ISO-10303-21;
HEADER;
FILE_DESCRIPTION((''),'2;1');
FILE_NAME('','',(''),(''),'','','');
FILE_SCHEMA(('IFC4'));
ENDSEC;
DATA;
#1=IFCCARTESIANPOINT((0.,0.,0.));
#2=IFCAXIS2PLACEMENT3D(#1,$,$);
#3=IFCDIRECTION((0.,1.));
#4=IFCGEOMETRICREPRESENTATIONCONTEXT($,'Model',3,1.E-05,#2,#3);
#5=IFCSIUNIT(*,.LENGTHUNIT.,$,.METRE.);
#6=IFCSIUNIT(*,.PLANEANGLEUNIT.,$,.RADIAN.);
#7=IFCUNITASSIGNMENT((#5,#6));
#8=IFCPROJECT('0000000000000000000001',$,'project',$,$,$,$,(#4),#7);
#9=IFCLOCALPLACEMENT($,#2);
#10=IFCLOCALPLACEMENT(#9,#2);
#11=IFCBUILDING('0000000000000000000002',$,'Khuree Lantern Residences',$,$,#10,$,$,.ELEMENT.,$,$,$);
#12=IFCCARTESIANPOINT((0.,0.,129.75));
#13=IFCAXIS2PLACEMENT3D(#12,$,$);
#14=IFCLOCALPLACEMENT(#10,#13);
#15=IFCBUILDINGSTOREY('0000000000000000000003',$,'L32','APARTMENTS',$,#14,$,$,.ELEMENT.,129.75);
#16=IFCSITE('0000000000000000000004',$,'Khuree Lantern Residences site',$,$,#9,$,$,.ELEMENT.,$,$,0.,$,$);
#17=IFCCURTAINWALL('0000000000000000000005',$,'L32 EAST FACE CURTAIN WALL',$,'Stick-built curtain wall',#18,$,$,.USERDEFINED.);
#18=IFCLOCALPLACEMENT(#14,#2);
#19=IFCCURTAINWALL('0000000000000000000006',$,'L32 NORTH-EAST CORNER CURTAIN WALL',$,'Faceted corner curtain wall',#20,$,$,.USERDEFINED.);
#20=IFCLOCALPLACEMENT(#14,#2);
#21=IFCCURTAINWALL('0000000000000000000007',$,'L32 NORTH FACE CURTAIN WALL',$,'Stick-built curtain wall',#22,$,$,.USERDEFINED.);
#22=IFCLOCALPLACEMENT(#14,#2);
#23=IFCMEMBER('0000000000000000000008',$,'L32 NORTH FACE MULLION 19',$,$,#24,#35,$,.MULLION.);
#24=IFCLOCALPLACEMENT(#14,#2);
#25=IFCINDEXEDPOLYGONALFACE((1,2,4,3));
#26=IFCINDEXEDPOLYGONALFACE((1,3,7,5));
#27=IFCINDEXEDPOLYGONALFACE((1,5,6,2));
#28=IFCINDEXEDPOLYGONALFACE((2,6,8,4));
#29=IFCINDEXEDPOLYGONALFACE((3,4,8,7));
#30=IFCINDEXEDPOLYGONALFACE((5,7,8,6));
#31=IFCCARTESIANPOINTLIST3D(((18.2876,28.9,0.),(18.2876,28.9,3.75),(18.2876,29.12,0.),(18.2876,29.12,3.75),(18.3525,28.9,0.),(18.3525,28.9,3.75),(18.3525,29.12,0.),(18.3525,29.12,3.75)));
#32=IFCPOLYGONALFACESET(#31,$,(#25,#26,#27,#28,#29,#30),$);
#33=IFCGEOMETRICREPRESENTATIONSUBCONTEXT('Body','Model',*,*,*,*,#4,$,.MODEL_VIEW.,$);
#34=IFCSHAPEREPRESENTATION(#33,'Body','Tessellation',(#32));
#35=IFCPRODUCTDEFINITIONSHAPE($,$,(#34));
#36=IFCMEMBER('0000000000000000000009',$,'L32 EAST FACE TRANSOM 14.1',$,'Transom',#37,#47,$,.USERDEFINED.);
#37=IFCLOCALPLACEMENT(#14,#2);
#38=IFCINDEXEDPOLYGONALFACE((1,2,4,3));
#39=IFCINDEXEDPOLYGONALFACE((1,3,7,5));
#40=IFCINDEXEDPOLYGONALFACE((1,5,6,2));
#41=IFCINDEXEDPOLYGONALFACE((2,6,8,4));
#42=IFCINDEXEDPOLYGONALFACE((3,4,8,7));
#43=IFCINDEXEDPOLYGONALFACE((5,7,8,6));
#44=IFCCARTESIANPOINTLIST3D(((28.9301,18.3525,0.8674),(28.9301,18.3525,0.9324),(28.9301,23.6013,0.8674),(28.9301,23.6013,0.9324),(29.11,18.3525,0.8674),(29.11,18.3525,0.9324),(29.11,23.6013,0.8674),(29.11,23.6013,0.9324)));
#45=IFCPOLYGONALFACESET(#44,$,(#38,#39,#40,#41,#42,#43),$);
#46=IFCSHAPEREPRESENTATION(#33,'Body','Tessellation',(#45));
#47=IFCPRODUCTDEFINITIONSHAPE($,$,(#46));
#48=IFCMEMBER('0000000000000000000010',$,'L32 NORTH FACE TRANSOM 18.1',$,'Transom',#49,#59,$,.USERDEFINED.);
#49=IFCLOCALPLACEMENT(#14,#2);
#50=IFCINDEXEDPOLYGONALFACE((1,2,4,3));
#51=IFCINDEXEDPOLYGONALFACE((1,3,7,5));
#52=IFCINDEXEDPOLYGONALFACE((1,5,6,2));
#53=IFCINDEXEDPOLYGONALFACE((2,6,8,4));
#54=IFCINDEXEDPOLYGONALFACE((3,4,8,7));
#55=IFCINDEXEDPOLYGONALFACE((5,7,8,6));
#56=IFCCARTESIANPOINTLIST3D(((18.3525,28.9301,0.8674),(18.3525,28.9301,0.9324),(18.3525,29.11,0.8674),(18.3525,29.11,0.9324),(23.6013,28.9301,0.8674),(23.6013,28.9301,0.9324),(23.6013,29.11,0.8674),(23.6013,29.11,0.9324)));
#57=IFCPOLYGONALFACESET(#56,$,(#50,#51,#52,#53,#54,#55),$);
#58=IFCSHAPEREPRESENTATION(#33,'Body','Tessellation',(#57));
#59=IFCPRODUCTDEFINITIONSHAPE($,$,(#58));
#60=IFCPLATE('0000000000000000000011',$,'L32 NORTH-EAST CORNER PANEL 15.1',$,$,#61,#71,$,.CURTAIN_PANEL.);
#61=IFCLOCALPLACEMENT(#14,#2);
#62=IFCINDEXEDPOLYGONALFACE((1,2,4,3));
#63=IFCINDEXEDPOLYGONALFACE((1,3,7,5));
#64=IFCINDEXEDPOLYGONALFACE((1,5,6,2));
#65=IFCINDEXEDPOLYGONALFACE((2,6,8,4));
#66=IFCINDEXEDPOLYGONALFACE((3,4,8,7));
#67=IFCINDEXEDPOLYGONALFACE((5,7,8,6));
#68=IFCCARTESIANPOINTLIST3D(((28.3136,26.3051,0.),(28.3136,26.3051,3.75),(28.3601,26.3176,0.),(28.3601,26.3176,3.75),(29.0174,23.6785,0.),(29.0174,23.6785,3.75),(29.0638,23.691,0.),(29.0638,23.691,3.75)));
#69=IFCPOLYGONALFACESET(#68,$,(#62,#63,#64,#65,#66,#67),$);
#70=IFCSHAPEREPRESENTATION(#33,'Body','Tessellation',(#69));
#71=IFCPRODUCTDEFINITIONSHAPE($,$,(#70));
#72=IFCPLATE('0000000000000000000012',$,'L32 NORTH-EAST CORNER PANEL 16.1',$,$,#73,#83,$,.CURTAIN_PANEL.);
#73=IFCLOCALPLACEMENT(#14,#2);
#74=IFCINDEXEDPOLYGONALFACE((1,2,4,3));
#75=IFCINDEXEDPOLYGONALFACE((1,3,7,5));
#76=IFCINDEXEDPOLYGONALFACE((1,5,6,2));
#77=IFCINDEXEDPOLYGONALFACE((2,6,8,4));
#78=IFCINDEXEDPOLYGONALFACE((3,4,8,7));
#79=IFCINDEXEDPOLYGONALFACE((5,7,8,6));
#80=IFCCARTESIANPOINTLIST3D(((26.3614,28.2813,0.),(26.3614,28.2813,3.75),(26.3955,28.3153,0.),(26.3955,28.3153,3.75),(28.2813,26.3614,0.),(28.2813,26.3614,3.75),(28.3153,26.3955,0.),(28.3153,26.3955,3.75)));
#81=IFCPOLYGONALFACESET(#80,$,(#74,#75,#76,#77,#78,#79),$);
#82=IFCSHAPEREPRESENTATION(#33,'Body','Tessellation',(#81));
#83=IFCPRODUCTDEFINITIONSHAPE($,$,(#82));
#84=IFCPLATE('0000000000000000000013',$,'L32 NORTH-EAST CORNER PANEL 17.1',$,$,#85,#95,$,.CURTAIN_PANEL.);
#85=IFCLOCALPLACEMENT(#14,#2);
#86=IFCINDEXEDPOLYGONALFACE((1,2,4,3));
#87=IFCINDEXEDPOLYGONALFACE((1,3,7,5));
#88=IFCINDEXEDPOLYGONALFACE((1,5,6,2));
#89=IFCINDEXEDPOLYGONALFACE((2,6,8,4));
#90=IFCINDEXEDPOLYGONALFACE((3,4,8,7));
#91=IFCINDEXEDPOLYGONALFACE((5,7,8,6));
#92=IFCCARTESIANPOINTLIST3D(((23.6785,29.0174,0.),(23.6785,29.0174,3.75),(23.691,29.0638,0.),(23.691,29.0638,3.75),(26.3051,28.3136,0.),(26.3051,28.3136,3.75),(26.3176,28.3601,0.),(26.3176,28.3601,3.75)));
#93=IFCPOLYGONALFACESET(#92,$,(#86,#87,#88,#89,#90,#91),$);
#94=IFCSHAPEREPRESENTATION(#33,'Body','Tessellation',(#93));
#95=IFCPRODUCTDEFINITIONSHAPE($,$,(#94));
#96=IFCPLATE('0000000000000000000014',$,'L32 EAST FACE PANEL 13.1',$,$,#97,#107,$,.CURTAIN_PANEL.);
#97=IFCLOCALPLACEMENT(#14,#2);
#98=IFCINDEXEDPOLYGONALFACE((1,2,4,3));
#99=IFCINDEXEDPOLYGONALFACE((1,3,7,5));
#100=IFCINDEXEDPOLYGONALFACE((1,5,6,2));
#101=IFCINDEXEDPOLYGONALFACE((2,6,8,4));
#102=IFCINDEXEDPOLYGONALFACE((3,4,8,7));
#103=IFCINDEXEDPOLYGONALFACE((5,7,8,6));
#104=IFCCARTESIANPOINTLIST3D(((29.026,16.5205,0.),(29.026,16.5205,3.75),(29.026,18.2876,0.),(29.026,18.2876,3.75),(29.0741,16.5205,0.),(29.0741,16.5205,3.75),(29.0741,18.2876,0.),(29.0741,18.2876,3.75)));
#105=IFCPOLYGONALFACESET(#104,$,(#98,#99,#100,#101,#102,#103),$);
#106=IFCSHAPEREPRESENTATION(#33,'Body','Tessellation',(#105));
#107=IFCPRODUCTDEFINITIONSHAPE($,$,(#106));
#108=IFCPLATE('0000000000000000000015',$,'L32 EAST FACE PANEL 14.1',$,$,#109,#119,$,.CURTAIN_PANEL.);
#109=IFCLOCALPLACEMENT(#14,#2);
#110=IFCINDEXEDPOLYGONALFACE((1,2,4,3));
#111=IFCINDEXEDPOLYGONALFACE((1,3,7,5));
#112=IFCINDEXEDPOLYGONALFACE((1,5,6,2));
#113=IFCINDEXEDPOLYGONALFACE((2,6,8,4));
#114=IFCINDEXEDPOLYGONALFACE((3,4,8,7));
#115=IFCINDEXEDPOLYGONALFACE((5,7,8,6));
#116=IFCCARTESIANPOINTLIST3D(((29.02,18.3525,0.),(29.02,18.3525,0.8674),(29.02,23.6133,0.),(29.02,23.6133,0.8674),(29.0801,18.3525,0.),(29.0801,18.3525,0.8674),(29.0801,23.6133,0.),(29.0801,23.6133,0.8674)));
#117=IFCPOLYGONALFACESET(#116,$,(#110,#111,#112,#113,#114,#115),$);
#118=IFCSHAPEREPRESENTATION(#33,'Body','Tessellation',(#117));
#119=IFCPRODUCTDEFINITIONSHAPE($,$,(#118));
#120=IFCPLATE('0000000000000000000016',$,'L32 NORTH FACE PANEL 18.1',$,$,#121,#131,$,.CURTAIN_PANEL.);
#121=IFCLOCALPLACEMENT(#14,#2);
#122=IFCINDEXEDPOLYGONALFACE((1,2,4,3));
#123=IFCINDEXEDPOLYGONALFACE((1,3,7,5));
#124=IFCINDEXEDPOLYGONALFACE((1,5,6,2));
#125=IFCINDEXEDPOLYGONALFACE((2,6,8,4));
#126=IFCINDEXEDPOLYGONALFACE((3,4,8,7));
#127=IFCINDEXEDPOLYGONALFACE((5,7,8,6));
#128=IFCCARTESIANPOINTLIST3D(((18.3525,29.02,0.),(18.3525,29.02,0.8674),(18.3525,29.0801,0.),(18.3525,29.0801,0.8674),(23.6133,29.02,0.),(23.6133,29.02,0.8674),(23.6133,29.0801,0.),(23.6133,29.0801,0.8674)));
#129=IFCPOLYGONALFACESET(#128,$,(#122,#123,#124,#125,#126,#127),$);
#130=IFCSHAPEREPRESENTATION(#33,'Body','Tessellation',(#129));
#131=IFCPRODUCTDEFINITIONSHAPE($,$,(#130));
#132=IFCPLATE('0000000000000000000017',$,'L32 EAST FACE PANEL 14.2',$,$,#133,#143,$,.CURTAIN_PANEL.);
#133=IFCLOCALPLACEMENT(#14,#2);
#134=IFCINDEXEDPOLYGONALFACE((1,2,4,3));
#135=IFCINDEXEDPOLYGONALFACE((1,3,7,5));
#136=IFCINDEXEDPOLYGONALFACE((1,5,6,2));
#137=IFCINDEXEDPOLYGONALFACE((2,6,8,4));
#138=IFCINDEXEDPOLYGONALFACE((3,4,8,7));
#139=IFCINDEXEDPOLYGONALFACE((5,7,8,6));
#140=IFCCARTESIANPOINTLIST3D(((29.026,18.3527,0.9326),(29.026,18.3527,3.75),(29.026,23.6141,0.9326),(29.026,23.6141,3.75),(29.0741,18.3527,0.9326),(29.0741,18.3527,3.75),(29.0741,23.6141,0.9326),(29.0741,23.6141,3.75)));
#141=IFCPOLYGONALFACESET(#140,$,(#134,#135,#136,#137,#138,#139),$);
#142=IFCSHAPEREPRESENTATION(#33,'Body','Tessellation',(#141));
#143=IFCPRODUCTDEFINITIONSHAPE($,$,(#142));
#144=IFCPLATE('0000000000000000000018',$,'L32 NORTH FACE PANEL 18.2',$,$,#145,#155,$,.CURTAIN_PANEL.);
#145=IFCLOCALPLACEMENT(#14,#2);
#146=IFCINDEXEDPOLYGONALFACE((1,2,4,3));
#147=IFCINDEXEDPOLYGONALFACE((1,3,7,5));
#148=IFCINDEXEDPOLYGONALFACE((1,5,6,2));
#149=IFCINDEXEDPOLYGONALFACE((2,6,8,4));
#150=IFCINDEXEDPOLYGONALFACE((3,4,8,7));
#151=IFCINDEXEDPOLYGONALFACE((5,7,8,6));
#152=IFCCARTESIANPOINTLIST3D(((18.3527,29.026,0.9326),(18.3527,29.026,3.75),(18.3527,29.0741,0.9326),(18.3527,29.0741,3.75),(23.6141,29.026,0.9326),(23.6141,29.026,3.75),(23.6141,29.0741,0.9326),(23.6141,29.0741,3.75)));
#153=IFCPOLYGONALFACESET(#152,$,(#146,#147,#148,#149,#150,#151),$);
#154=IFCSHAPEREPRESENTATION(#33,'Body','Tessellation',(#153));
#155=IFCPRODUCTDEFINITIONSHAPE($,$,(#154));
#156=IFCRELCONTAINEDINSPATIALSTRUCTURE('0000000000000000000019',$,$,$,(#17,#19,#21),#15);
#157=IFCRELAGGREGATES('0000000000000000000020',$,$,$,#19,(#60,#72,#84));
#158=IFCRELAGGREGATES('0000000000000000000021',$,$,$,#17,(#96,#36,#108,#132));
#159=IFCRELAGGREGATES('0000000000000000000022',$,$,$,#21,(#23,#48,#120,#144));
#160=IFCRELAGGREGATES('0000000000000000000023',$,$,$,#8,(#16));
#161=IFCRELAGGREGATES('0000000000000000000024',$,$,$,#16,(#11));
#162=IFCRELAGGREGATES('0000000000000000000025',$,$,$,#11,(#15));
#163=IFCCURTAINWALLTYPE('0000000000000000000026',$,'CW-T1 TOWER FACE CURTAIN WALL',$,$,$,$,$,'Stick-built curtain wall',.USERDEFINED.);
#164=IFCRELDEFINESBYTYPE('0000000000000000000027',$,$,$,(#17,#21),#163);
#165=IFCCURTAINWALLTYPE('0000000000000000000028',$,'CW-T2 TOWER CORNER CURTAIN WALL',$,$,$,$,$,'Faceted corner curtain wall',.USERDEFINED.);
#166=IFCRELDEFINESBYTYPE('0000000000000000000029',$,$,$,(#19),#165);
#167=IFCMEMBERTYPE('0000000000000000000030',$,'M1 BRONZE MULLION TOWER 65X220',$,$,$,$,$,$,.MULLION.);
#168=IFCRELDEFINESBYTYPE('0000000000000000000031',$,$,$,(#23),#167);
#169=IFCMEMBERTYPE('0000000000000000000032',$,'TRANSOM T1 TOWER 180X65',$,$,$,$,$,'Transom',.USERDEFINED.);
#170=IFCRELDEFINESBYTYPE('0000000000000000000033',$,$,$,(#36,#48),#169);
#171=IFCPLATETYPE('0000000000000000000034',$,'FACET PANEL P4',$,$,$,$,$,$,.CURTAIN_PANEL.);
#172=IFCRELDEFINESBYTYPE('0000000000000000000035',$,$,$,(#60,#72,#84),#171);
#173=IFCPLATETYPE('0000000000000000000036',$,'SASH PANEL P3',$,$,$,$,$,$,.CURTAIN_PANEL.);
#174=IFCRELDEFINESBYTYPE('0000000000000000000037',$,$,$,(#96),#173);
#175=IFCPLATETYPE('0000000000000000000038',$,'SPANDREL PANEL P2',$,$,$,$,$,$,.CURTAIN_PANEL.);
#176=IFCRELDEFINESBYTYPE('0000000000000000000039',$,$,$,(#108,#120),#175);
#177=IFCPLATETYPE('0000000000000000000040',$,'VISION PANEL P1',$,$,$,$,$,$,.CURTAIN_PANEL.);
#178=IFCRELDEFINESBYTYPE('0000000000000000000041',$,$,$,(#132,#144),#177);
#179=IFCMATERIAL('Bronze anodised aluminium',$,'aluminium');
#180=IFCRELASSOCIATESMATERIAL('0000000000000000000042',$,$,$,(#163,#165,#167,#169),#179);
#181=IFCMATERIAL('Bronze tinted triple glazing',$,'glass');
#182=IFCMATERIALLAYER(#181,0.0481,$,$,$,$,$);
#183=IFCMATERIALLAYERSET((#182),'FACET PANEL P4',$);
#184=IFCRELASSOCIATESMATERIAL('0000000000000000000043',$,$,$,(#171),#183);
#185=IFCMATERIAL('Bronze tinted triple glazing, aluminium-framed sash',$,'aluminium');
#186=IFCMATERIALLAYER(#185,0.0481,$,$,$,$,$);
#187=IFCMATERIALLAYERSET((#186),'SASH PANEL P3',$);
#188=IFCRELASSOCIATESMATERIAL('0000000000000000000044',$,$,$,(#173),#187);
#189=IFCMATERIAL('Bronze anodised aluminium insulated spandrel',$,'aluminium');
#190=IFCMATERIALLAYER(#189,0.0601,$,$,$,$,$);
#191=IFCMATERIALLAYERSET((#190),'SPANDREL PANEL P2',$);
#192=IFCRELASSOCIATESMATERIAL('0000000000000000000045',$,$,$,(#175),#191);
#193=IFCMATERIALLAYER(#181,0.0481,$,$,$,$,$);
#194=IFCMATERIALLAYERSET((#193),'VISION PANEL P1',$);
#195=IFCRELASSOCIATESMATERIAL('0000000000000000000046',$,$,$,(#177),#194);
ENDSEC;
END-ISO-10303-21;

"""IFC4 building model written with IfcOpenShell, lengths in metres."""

from ifc_helpers import new_model, si_unit, direction, frame, origin, origin_2d, place, context, subcontext, project, spatial, rectangle, extrude, material, layer, layer_set, material_profile, profile_set, type_object, element, aggregate, save


model = new_model("IFC4")

# Units and contexts
model_context = context("Model", 3, precision=1e-05, world=origin(), true_north=direction((0.0, 1.0)))
body_context = subcontext(model_context, "Body", "Model", "MODEL_VIEW")
ifc_project = project(units=[si_unit("LENGTHUNIT", "METRE"), si_unit("PLANEANGLEUNIT", "RADIAN")], contexts=[model_context])

# Site, building, storey
site_placement = place(None, origin())
site = spatial("IfcSite", under=ifc_project, at=site_placement, Name="Khuree Lantern Residences site", CompositionType="ELEMENT", RefElevation=0.0)
building_placement = place(site_placement, origin())
building = spatial("IfcBuilding", under=site, at=building_placement, Name="Khuree Lantern Residences", CompositionType="ELEMENT")
storey_placement = place(building_placement, frame((0.0, 0.0, 129.75)))
storey = spatial("IfcBuildingStorey", under=building, at=storey_placement, Name="L32", Description="APARTMENTS", CompositionType="ELEMENT", Elevation=129.75)

# Curtain walls
ifc_material_1 = material(Name="Bronze anodised aluminium", Category="aluminium")
curtain_wall_type_1 = type_object("IfcCurtainWallType", Name="CW-T1 TOWER FACE CURTAIN WALL", ElementType="Stick-built curtain wall", PredefinedType="USERDEFINED", material=ifc_material_1)
curtain_wall_1_placement = place(storey_placement, origin())
curtain_wall_1 = element("IfcCurtainWall", 1, at=curtain_wall_1_placement, inside=storey, type_object=curtain_wall_type_1, Name="L32 EAST FACE CURTAIN WALL", ObjectType="Stick-built curtain wall", PredefinedType="USERDEFINED")
curtain_wall_type_2 = type_object("IfcCurtainWallType", Name="CW-T2 TOWER CORNER CURTAIN WALL", ElementType="Faceted corner curtain wall", PredefinedType="USERDEFINED", material=ifc_material_1)
curtain_wall_2_placement = place(storey_placement, origin())
curtain_wall_2 = element("IfcCurtainWall", 2, at=curtain_wall_2_placement, inside=storey, type_object=curtain_wall_type_2, Name="L32 NORTH-EAST CORNER CURTAIN WALL", ObjectType="Faceted corner curtain wall", PredefinedType="USERDEFINED")

# Shared definitions
ifc_material_profile_1 = material_profile(ifc_material_1, rectangle(XDim=0.0649, YDim=0.22, at=origin_2d()), Name="M1 65X220")
ifc_profile_set_1 = profile_set([ifc_material_profile_1], Name="Bronze anodised aluminium")
member_type_1 = type_object("IfcMemberType", Name="M1 BRONZE MULLION TOWER 65X220", PredefinedType="MULLION", material=ifc_profile_set_1)

# Curtain wall, member
curtain_wall_3_placement = place(storey_placement, origin())
curtain_wall_3 = element("IfcCurtainWall", 3, at=curtain_wall_3_placement, inside=storey, type_object=curtain_wall_type_1, Name="L32 NORTH FACE CURTAIN WALL", ObjectType="Stick-built curtain wall", PredefinedType="USERDEFINED")
member_1_placement = place(storey_placement, frame((18.3201, 29.01, 0.0), z_axis=(0.0, 0.0, 1.0), x_axis=(-1.0, 0.0, 0.0)))
member_1 = element("IfcMember", 4, at=member_1_placement, type_object=member_type_1, Name="L32 NORTH FACE MULLION 19", PredefinedType="MULLION", context=body_context, shape_type="SweptSolid", body=[
    extrude(rectangle(XDim=0.0649, YDim=0.22, at=origin_2d()), origin(), (0.0, 0.0, 1.0), 3.75),
])

# Members
ifc_material_profile_2 = material_profile(ifc_material_1, rectangle(XDim=0.1799, YDim=0.0649, at=origin_2d()), Name="T1 180X65")
ifc_profile_set_2 = profile_set([ifc_material_profile_2], Name="Bronze anodised aluminium")
member_type_2 = type_object("IfcMemberType", Name="TRANSOM T1 TOWER 180X65", ElementType="Transom", PredefinedType="USERDEFINED", material=ifc_profile_set_2)
member_2_placement = place(storey_placement, frame((29.02, 18.3525, 0.8999), z_axis=(0.0, 1.0, 0.0), x_axis=(-1.0, 0.0, 0.0)))
member_2 = element("IfcMember", 5, at=member_2_placement, type_object=member_type_2, Name="L32 EAST FACE TRANSOM 14.1", ObjectType="Transom", PredefinedType="USERDEFINED", context=body_context, shape_type="SweptSolid", body=[
    extrude(rectangle(XDim=0.1799, YDim=0.0649, at=origin_2d()), origin(), (0.0, 0.0, 1.0), 5.2488),
])
member_3_placement = place(storey_placement, frame((23.6013, 29.02, 0.8999), z_axis=(-1.0, 0.0, 0.0), x_axis=(0.0, -1.0, 0.0)))
member_3 = element("IfcMember", 6, at=member_3_placement, type_object=member_type_2, Name="L32 NORTH FACE TRANSOM 18.1", ObjectType="Transom", PredefinedType="USERDEFINED", context=body_context, shape_type="SweptSolid", body=[
    extrude(rectangle(XDim=0.1799, YDim=0.0649, at=origin_2d()), origin(), (0.0, 0.0, 1.0), 5.2488),
])

# Plates
ifc_material_2 = material(Name="Bronze tinted triple glazing", Category="glass")
ifc_layer_1 = layer(ifc_material_2, 0.0481)
ifc_layer_set_1 = layer_set([ifc_layer_1], Name="FACET PANEL P4")
plate_type_1 = type_object("IfcPlateType", Name="FACET PANEL P4", PredefinedType="CURTAIN_PANEL", material=ifc_layer_set_1)
plate_1_placement = place(storey_placement, frame((28.6887, 24.998, 0.0), z_axis=(0.0, 0.0, 1.0), x_axis=(-0.258819, 0.965926, 0.0)))
plate_1 = element("IfcPlate", 7, at=plate_1_placement, type_object=plate_type_1, Name="L32 NORTH-EAST CORNER PANEL 15.1", PredefinedType="CURTAIN_PANEL", context=body_context, shape_type="SweptSolid", body=[
    extrude(rectangle(XDim=2.7192, YDim=0.0481, at=origin_2d()), origin(), (0.0, 0.0, 1.0), 3.75),
])
plate_2_placement = place(storey_placement, frame((27.3384, 27.3384, 0.0), z_axis=(0.0, 0.0, 1.0), x_axis=(-0.707107, 0.707107, 0.0)))
plate_2 = element("IfcPlate", 8, at=plate_2_placement, type_object=plate_type_1, Name="L32 NORTH-EAST CORNER PANEL 16.1", PredefinedType="CURTAIN_PANEL", context=body_context, shape_type="SweptSolid", body=[
    extrude(rectangle(XDim=2.7151, YDim=0.0481, at=origin_2d()), origin(), (0.0, 0.0, 1.0), 3.75),
])
plate_3_placement = place(storey_placement, frame((24.998, 28.6887, 0.0), z_axis=(0.0, 0.0, 1.0), x_axis=(-0.965926, 0.258819, 0.0)))
plate_3 = element("IfcPlate", 9, at=plate_3_placement, type_object=plate_type_1, Name="L32 NORTH-EAST CORNER PANEL 17.1", PredefinedType="CURTAIN_PANEL", context=body_context, shape_type="SweptSolid", body=[
    extrude(rectangle(XDim=2.7192, YDim=0.0481, at=origin_2d()), origin(), (0.0, 0.0, 1.0), 3.75),
])
aggregate(curtain_wall_2, [plate_1, plate_2, plate_3])
ifc_material_3 = material(Name="Bronze tinted triple glazing, aluminium-framed sash", Category="aluminium")
ifc_layer_2 = layer(ifc_material_3, 0.0481)
ifc_layer_set_2 = layer_set([ifc_layer_2], Name="SASH PANEL P3")
plate_type_2 = type_object("IfcPlateType", Name="SASH PANEL P3", PredefinedType="CURTAIN_PANEL", material=ifc_layer_set_2)
plate_4_placement = place(storey_placement, frame((29.05, 17.4041, 0.0), z_axis=(0.0, 0.0, 1.0), x_axis=(0.0, 1.0, 0.0)))
plate_4 = element("IfcPlate", 10, at=plate_4_placement, type_object=plate_type_2, Name="L32 EAST FACE PANEL 13.1", PredefinedType="CURTAIN_PANEL", context=body_context, shape_type="SweptSolid", body=[
    extrude(rectangle(XDim=1.7671, YDim=0.0481, at=origin_2d()), origin(), (0.0, 0.0, 1.0), 3.75),
])
ifc_material_4 = material(Name="Bronze anodised aluminium insulated spandrel", Category="aluminium")
ifc_layer_3 = layer(ifc_material_4, 0.0601)
ifc_layer_set_3 = layer_set([ifc_layer_3], Name="SPANDREL PANEL P2")
plate_type_3 = type_object("IfcPlateType", Name="SPANDREL PANEL P2", PredefinedType="CURTAIN_PANEL", material=ifc_layer_set_3)
plate_5_placement = place(storey_placement, frame((29.05, 20.9829, 0.0), z_axis=(0.0, 0.0, 1.0), x_axis=(0.0, 1.0, 0.0)))
plate_5 = element("IfcPlate", 11, at=plate_5_placement, type_object=plate_type_3, Name="L32 EAST FACE PANEL 14.1", PredefinedType="CURTAIN_PANEL", context=body_context, shape_type="SweptSolid", body=[
    extrude(rectangle(XDim=5.2607, YDim=0.0601, at=origin_2d()), origin(), (0.0, 0.0, 1.0), 0.8674),
])
plate_6_placement = place(storey_placement, frame((20.9829, 29.05, 0.0), z_axis=(0.0, 0.0, 1.0), x_axis=(-1.0, 0.0, 0.0)))
plate_6 = element("IfcPlate", 12, at=plate_6_placement, type_object=plate_type_3, Name="L32 NORTH FACE PANEL 18.1", PredefinedType="CURTAIN_PANEL", context=body_context, shape_type="SweptSolid", body=[
    extrude(rectangle(XDim=5.2607, YDim=0.0601, at=origin_2d()), origin(), (0.0, 0.0, 1.0), 0.8674),
])
ifc_layer_4 = layer(ifc_material_2, 0.0481)
ifc_layer_set_4 = layer_set([ifc_layer_4], Name="VISION PANEL P1")
plate_type_4 = type_object("IfcPlateType", Name="VISION PANEL P1", PredefinedType="CURTAIN_PANEL", material=ifc_layer_set_4)
plate_7_placement = place(storey_placement, frame((29.05, 20.9834, 0.9326), z_axis=(0.0, 0.0, 1.0), x_axis=(0.0, 1.0, 0.0)))
plate_7 = element("IfcPlate", 13, at=plate_7_placement, type_object=plate_type_4, Name="L32 EAST FACE PANEL 14.2", PredefinedType="CURTAIN_PANEL", context=body_context, shape_type="SweptSolid", body=[
    extrude(rectangle(XDim=5.2615, YDim=0.0481, at=origin_2d()), origin(), (0.0, 0.0, 1.0), 2.8174),
])
aggregate(curtain_wall_1, [plate_4, member_2, plate_5, plate_7])
plate_8_placement = place(storey_placement, frame((20.9834, 29.05, 0.9326), z_axis=(0.0, 0.0, 1.0), x_axis=(-1.0, 0.0, 0.0)))
plate_8 = element("IfcPlate", 14, at=plate_8_placement, type_object=plate_type_4, Name="L32 NORTH FACE PANEL 18.2", PredefinedType="CURTAIN_PANEL", context=body_context, shape_type="SweptSolid", body=[
    extrude(rectangle(XDim=5.2615, YDim=0.0481, at=origin_2d()), origin(), (0.0, 0.0, 1.0), 2.8174),
])
aggregate(curtain_wall_3, [member_1, member_3, plate_6, plate_8])

save(model, "model.ifc")
